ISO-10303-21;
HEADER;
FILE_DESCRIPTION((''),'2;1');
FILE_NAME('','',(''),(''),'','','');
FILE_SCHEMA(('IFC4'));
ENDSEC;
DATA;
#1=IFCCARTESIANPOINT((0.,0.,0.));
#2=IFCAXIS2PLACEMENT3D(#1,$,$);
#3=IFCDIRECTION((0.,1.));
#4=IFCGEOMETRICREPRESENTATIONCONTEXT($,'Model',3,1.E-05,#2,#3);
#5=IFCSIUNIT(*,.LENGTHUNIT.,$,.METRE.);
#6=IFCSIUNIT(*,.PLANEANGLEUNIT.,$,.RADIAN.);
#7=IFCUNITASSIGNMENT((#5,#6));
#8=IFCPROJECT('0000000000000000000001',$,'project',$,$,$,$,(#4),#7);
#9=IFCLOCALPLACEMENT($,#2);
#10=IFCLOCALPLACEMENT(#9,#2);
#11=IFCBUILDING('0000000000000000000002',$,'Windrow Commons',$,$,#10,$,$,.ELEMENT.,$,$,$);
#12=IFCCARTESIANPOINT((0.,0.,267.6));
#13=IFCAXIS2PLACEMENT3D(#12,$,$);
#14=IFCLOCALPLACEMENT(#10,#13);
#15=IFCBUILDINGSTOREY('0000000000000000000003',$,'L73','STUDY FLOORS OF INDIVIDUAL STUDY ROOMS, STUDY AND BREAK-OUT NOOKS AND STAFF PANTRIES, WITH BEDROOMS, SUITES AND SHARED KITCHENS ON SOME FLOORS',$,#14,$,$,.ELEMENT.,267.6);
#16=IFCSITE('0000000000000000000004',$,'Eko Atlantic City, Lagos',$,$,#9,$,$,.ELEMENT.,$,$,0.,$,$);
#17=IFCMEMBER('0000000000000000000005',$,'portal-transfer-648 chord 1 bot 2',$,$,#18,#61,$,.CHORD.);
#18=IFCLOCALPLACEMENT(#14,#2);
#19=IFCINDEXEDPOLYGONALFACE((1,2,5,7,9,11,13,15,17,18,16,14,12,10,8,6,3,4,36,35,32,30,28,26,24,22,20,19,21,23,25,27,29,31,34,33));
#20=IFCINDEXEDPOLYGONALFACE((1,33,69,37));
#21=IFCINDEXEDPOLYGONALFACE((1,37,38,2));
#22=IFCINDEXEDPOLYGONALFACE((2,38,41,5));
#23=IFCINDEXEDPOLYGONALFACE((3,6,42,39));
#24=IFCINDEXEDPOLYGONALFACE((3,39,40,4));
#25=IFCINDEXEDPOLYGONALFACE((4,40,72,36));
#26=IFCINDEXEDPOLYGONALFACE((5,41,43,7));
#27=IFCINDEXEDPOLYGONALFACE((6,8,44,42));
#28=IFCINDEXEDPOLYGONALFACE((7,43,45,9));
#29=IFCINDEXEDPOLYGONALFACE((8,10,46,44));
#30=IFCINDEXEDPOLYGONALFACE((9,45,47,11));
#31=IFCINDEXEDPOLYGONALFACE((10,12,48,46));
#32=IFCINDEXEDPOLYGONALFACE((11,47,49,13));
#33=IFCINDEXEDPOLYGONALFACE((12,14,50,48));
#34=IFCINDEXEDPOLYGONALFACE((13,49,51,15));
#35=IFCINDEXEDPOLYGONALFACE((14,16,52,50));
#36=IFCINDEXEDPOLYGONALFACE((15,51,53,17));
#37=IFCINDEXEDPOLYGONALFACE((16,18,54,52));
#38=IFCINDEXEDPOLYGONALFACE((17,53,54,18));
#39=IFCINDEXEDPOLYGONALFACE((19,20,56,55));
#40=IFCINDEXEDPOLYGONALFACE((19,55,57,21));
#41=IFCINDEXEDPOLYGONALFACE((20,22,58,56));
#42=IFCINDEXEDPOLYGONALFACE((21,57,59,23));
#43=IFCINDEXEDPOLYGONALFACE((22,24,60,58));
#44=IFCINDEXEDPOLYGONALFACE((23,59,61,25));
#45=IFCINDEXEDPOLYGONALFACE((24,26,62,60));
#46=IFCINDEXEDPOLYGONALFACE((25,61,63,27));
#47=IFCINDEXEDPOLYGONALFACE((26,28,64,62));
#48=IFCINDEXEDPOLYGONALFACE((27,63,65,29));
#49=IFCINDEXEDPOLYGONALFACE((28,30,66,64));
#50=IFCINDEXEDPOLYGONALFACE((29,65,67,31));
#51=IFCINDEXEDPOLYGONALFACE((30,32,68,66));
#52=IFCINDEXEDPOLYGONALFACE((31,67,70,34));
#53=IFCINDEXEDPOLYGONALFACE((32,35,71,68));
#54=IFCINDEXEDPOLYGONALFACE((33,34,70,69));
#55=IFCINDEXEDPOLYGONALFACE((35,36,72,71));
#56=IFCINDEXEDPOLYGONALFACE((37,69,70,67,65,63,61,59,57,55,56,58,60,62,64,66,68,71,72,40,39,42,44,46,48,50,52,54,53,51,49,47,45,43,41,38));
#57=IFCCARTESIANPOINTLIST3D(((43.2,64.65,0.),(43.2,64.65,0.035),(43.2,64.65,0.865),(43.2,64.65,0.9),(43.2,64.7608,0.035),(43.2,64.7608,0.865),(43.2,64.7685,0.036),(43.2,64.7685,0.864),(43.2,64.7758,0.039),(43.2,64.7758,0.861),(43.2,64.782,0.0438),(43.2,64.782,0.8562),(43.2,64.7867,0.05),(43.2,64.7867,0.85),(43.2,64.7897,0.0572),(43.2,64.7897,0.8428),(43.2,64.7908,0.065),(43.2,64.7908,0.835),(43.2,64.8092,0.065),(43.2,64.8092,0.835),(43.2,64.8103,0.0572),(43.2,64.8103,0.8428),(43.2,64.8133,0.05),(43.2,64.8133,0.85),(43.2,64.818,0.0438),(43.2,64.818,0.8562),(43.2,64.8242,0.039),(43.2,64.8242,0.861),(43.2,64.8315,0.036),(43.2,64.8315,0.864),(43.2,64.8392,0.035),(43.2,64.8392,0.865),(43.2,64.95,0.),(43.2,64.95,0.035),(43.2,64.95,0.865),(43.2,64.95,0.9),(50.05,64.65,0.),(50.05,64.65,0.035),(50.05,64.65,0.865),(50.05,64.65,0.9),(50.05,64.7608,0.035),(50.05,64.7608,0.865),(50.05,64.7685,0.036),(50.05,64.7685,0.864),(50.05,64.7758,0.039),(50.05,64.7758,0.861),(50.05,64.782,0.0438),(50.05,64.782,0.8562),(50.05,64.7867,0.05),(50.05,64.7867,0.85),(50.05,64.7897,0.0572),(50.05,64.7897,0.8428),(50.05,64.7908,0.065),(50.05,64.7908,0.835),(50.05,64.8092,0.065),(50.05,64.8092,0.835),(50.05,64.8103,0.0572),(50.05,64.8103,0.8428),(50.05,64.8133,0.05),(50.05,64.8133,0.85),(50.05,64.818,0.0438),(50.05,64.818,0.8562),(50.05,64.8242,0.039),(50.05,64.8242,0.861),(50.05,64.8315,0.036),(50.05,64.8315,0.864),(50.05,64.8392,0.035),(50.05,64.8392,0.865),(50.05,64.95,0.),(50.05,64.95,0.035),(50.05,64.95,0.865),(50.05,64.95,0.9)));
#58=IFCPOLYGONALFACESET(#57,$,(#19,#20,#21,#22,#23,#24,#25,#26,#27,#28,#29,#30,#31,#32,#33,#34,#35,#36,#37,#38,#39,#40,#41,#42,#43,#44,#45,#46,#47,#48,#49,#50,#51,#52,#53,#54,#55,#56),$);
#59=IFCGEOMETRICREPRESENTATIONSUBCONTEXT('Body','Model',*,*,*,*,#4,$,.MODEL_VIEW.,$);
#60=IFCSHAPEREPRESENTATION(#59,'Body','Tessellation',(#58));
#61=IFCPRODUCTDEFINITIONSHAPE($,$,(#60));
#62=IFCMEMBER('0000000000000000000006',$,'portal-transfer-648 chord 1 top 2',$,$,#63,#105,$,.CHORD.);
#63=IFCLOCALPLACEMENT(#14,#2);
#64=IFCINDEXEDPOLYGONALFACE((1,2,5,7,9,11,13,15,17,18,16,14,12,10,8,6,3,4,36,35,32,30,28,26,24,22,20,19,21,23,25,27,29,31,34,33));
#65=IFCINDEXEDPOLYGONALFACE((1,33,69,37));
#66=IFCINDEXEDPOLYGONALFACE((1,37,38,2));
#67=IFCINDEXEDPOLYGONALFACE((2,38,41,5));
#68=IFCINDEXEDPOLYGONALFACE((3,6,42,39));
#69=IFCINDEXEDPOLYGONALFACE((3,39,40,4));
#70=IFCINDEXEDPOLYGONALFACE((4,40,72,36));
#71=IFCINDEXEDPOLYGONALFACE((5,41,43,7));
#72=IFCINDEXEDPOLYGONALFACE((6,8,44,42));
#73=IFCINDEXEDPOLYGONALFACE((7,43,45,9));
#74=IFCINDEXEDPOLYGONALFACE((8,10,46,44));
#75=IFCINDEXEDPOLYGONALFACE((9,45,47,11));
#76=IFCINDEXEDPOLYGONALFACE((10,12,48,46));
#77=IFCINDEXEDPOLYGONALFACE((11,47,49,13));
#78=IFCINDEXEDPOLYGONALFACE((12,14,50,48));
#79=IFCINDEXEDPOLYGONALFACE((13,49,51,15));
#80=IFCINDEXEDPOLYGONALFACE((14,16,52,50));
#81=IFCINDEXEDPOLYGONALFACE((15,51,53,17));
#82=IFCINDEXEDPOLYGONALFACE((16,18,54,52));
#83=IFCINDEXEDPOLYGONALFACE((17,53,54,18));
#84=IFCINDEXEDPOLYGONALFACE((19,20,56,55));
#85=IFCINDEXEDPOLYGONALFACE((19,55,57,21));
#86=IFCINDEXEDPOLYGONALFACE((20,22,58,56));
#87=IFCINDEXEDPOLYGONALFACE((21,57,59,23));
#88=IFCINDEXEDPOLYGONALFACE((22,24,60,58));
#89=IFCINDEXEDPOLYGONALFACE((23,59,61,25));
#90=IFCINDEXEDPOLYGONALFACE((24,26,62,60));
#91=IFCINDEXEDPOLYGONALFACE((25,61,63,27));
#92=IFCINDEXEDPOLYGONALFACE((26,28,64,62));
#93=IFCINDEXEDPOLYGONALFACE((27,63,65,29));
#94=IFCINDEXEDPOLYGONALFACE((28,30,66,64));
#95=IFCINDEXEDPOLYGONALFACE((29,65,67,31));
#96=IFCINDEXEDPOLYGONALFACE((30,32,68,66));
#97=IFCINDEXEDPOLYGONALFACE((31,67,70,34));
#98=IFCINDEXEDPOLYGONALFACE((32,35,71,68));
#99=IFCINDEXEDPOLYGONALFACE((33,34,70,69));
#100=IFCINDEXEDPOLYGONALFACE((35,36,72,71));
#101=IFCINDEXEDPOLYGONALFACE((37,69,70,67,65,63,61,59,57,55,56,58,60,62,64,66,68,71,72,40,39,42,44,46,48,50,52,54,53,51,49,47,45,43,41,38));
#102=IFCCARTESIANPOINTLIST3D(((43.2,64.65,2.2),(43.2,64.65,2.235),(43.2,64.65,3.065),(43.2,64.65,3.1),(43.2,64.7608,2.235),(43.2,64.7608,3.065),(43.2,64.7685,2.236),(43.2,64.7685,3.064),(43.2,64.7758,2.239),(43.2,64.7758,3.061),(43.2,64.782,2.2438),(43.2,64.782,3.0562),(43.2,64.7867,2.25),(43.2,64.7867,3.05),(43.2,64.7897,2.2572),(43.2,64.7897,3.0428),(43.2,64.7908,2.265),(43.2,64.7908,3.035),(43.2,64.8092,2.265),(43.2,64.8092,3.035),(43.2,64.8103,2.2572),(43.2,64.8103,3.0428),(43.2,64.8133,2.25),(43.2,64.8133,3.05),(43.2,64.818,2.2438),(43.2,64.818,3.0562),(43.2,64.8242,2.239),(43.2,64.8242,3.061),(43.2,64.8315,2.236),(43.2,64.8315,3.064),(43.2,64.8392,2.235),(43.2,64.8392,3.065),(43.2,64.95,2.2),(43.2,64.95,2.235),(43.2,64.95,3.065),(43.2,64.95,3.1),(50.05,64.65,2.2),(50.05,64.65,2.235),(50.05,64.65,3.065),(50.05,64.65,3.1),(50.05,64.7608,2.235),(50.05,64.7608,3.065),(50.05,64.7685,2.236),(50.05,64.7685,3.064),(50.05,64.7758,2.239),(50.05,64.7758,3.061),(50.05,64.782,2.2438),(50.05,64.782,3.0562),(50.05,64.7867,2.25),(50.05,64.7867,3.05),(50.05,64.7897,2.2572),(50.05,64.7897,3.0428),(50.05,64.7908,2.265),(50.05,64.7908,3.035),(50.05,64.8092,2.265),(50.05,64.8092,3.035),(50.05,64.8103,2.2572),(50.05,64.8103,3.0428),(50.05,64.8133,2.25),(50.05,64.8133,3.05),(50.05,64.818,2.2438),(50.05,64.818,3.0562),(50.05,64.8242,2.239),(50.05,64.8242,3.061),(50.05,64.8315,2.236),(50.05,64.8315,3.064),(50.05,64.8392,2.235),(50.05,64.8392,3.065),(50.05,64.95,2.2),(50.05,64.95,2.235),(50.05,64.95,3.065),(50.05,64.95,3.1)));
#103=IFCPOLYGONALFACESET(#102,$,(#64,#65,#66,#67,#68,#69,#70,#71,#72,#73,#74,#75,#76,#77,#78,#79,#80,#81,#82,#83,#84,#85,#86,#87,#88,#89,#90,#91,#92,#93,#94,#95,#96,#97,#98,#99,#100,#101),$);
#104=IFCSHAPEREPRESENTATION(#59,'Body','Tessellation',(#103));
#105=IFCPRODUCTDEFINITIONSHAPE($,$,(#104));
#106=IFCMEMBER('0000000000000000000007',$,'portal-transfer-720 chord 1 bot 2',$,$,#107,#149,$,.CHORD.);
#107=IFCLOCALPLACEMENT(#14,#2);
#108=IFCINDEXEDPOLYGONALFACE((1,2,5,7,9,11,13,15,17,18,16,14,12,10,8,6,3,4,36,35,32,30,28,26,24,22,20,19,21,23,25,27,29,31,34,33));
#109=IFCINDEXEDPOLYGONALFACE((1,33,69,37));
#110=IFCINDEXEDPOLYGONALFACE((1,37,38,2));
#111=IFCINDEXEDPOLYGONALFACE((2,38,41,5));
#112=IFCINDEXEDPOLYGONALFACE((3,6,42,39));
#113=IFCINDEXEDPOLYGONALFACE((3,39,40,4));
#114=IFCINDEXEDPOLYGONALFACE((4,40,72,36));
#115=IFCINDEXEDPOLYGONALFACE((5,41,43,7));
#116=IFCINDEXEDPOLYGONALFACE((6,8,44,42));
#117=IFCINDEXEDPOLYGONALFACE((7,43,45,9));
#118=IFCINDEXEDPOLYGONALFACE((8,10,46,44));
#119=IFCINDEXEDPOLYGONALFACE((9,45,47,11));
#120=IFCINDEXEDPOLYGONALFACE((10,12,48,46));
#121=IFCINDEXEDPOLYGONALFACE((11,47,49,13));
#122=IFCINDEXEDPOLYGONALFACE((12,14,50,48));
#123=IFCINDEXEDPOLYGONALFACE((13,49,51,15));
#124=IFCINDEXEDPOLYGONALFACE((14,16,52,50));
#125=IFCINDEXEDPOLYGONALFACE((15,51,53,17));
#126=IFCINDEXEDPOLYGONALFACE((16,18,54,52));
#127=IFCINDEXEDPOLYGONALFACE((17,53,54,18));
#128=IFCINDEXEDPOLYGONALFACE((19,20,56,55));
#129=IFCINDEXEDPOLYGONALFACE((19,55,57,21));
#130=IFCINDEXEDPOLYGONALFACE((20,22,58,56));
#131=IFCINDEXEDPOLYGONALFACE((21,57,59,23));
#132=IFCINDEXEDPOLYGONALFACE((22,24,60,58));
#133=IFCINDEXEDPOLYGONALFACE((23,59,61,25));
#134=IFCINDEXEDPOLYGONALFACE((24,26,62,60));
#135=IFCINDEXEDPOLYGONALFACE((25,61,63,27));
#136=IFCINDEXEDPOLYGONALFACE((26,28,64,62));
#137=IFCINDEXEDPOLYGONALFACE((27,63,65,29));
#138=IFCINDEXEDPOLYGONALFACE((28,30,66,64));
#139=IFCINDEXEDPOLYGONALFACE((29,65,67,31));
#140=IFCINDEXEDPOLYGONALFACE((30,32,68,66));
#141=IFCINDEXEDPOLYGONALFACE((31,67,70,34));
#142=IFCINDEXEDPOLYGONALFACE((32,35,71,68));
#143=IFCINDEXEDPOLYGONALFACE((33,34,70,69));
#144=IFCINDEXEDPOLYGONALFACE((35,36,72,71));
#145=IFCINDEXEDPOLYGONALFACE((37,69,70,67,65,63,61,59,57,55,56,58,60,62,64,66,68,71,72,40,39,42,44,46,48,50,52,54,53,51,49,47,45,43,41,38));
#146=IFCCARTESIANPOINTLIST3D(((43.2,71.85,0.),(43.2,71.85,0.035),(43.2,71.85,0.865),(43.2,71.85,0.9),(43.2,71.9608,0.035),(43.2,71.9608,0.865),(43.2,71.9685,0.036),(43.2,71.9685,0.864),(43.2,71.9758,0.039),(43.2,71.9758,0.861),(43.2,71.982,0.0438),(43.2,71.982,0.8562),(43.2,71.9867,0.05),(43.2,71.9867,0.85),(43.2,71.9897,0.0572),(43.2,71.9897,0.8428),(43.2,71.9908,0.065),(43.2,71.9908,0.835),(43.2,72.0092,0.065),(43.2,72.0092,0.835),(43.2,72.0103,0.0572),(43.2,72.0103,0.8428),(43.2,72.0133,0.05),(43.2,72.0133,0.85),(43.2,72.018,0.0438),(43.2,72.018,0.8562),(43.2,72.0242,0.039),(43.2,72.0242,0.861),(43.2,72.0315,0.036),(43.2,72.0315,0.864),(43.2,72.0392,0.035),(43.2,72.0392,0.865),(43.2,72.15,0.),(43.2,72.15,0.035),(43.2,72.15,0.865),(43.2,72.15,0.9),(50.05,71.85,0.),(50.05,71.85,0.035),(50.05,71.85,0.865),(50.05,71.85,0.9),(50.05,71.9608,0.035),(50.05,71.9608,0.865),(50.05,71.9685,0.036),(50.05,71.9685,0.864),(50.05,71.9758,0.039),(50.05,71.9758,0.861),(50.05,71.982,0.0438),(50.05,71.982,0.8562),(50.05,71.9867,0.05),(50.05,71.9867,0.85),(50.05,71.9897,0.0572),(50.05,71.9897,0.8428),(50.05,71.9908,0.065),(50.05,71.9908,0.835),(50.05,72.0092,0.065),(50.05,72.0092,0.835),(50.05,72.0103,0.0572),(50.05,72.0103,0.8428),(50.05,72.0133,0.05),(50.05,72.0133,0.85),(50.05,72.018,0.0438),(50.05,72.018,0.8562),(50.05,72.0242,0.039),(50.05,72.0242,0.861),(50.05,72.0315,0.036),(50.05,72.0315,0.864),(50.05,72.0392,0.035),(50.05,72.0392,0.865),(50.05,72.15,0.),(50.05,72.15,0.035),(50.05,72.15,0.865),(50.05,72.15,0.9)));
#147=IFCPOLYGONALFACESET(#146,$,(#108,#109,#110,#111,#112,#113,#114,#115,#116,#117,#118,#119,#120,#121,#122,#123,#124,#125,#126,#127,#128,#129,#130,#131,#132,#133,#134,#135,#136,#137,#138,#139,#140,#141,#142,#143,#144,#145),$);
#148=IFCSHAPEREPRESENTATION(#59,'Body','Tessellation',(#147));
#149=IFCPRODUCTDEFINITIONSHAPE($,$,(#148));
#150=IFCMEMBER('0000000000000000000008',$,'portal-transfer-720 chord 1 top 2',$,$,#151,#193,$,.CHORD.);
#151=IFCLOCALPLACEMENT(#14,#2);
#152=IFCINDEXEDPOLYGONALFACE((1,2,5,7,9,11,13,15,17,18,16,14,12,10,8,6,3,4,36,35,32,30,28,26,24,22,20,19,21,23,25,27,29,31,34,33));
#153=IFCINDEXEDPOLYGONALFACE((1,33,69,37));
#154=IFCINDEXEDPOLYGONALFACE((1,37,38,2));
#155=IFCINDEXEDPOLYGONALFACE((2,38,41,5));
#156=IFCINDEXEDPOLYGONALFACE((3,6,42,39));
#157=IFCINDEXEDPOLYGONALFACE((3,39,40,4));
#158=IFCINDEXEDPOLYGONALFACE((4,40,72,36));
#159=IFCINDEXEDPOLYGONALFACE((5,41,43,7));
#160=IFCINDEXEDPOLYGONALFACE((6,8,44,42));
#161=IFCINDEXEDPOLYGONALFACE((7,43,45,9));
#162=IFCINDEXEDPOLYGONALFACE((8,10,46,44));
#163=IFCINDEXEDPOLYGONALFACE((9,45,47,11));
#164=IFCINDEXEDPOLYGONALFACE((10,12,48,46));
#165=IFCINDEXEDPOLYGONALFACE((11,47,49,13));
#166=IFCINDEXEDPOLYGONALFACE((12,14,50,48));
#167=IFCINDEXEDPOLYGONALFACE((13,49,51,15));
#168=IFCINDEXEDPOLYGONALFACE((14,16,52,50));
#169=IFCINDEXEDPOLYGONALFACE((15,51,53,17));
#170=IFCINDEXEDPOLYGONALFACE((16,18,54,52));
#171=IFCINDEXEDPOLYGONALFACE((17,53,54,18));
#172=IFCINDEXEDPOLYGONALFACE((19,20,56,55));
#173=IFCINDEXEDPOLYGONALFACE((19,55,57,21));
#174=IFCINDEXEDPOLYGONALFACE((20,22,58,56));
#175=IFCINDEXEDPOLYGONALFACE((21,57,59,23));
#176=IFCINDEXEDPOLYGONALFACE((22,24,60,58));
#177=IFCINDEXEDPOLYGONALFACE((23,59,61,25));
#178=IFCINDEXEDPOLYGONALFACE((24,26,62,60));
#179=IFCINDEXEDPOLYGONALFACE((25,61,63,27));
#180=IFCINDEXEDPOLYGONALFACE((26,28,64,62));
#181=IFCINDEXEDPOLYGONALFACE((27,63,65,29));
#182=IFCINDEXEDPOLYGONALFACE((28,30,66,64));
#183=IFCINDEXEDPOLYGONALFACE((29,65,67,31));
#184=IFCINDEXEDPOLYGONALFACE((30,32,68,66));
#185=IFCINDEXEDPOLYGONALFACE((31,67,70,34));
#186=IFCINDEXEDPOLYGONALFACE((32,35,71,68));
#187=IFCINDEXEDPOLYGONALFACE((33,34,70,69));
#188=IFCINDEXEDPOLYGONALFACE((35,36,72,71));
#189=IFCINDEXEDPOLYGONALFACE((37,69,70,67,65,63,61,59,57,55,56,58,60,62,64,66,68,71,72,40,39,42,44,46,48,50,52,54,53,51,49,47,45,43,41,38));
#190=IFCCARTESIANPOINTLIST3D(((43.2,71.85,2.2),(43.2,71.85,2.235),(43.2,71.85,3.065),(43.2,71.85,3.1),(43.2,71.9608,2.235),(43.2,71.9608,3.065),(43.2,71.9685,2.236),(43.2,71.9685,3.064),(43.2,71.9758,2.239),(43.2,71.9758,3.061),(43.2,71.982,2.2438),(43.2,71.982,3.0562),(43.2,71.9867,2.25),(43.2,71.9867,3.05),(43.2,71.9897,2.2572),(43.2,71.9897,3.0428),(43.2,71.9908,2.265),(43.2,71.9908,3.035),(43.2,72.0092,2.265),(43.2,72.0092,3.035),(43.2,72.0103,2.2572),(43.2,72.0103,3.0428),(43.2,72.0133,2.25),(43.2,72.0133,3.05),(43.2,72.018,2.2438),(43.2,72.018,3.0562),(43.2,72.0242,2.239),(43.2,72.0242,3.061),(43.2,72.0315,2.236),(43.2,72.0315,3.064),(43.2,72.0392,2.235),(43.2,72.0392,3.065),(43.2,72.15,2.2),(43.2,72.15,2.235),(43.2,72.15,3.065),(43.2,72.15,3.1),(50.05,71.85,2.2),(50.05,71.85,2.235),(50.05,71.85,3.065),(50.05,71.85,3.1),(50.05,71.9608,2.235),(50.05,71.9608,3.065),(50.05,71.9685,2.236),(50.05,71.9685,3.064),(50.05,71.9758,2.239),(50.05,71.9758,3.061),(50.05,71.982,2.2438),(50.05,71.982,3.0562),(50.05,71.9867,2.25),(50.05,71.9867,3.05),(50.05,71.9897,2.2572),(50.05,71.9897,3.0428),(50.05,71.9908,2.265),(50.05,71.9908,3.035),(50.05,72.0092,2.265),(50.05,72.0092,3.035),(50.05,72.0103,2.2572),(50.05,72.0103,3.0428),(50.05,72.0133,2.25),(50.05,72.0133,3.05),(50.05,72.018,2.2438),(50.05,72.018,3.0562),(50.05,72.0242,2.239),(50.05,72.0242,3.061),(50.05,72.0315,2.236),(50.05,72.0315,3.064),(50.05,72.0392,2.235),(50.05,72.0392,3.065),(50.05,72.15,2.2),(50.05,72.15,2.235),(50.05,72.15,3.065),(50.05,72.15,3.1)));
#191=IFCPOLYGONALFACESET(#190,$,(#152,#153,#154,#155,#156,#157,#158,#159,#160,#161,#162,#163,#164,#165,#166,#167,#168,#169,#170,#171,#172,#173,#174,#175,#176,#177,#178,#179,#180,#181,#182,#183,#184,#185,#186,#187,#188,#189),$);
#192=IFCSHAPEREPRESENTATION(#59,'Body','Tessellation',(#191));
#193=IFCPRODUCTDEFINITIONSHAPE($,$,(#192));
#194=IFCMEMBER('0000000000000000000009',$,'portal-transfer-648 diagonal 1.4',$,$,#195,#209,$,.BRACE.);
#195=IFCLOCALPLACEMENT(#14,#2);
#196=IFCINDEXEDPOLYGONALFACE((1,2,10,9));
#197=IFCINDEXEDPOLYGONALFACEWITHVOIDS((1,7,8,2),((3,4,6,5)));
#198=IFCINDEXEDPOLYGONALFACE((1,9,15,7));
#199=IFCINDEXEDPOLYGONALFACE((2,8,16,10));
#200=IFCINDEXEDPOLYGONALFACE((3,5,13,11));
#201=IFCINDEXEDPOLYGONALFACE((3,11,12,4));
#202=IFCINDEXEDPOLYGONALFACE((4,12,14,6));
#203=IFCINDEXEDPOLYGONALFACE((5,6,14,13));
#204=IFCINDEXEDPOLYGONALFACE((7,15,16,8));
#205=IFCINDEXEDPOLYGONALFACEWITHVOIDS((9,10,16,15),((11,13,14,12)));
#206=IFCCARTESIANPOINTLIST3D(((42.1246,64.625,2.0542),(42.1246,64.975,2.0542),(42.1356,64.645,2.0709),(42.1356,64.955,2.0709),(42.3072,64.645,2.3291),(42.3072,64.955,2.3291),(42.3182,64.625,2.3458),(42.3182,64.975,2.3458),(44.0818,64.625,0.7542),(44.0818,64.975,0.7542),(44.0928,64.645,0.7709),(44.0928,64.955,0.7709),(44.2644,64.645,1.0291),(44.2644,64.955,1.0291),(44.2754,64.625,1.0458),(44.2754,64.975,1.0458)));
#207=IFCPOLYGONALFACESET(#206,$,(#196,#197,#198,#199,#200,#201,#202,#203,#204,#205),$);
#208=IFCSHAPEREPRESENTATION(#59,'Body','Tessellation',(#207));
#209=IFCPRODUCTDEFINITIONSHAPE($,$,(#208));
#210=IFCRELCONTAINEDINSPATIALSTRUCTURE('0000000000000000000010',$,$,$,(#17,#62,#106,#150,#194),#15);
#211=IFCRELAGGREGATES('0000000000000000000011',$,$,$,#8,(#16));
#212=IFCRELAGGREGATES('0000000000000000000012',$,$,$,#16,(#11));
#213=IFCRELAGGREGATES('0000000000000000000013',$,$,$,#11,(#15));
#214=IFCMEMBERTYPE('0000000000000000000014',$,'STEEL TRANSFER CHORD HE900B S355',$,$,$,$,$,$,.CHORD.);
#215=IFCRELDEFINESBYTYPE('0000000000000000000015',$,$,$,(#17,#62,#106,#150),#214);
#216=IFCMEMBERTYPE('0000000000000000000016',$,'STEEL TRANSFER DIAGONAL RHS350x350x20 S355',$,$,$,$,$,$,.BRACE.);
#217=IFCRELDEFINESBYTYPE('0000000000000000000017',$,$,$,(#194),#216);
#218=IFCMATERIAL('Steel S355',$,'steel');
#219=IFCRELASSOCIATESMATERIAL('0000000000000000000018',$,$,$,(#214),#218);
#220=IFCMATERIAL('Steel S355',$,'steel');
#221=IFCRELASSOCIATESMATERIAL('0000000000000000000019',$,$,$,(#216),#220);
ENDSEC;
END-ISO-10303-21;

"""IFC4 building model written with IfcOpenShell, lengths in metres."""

from ifc_helpers import new_model, si_unit, direction, frame, origin, origin_2d, place, context, subcontext, project, spatial, hollow_rectangle, i_section, extrude, material, material_profile, profile_set, type_object, element, save


model = new_model("IFC4")

# Units and contexts
model_context = context("Model", 3, precision=1e-05, world=origin(), true_north=direction((0.0, 1.0)))
body_context = subcontext(model_context, "Body", "Model", "MODEL_VIEW")
ifc_project = project(units=[si_unit("LENGTHUNIT", "METRE"), si_unit("PLANEANGLEUNIT", "RADIAN")], contexts=[model_context])

# Site, building, storey
site_placement = place(None, origin())
site = spatial("IfcSite", under=ifc_project, at=site_placement, Name="Eko Atlantic City, Lagos", CompositionType="ELEMENT", RefElevation=0.0)
building_placement = place(site_placement, origin())
building = spatial("IfcBuilding", under=site, at=building_placement, Name="Windrow Commons", CompositionType="ELEMENT")
storey_placement = place(building_placement, frame((0.0, 0.0, 267.6)))
storey = spatial("IfcBuildingStorey", under=building, at=storey_placement, Name="L73", Description="STUDY FLOORS OF INDIVIDUAL STUDY ROOMS, STUDY AND BREAK-OUT NOOKS AND STAFF PANTRIES, WITH BEDROOMS, SUITES AND SHARED KITCHENS ON SOME FLOORS", CompositionType="ELEMENT", Elevation=267.6)

# Members
ifc_material_1 = material(Name="Steel S355", Category="steel")
ifc_material_profile_1 = material_profile(ifc_material_1, i_section(OverallWidth=0.3, OverallDepth=0.9, WebThickness=0.0185, FlangeThickness=0.035, FilletRadius=0.03, at=origin_2d()))
ifc_profile_set_1 = profile_set([ifc_material_profile_1], Name="Steel S355")
member_type_1 = type_object("IfcMemberType", Name="STEEL TRANSFER CHORD HE900B S355", PredefinedType="CHORD", material=ifc_profile_set_1)
for number, where, z_axis, x_axis, name in (
    (1, (43.2, 64.8, 0.45), (1.0, 0.0, 0.0), (0.0, 1.0, 0.0), "portal-transfer-648 chord 1 bot 2"),
    (2, (43.2, 64.8, 2.65), (1.0, 0.0, 0.0), (0.0, 1.0, 0.0), "portal-transfer-648 chord 1 top 2"),
    (3, (43.2, 72.0, 0.45), (1.0, 0.0, 0.0), (0.0, 1.0, 0.0), "portal-transfer-720 chord 1 bot 2"),
    (4, (43.2, 72.0, 2.65), (1.0, 0.0, 0.0), (0.0, 1.0, 0.0), "portal-transfer-720 chord 1 top 2"),
):
    element("IfcMember", number, at=place(storey_placement, frame(where, z_axis=z_axis, x_axis=x_axis)), inside=storey, type_object=member_type_1, Name=name, PredefinedType="CHORD", context=body_context, shape_type="SweptSolid", body=[
        extrude(i_section(OverallWidth=0.3, OverallDepth=0.9, WebThickness=0.0185, FlangeThickness=0.035, FilletRadius=0.03, at=origin_2d()), origin(), (0.0, 0.0, 1.0), 6.85),
    ])
ifc_material_2 = material(Name="Steel S355", Category="steel")
ifc_material_profile_2 = material_profile(ifc_material_2, hollow_rectangle(XDim=0.35, YDim=0.35, WallThickness=0.02, at=origin_2d()))
ifc_profile_set_2 = profile_set([ifc_material_profile_2], Name="Steel S355")
member_type_2 = type_object("IfcMemberType", Name="STEEL TRANSFER DIAGONAL RHS350x350x20 S355", PredefinedType="BRACE", material=ifc_profile_set_2)
member_1_placement = place(storey_placement, frame((42.2214, 64.8, 2.2), z_axis=(0.832992, 0.0, -0.553285), x_axis=(0.0, 1.0, 0.0)))
element("IfcMember", 5, at=member_1_placement, inside=storey, type_object=member_type_2, Name="portal-transfer-648 diagonal 1.4", PredefinedType="BRACE", context=body_context, shape_type="SweptSolid", body=[
    extrude(hollow_rectangle(XDim=0.35, YDim=0.35, WallThickness=0.02, at=origin_2d()), origin(), (0.0, 0.0, 1.0), 2.3496),
])

save(model, "model.ifc")
